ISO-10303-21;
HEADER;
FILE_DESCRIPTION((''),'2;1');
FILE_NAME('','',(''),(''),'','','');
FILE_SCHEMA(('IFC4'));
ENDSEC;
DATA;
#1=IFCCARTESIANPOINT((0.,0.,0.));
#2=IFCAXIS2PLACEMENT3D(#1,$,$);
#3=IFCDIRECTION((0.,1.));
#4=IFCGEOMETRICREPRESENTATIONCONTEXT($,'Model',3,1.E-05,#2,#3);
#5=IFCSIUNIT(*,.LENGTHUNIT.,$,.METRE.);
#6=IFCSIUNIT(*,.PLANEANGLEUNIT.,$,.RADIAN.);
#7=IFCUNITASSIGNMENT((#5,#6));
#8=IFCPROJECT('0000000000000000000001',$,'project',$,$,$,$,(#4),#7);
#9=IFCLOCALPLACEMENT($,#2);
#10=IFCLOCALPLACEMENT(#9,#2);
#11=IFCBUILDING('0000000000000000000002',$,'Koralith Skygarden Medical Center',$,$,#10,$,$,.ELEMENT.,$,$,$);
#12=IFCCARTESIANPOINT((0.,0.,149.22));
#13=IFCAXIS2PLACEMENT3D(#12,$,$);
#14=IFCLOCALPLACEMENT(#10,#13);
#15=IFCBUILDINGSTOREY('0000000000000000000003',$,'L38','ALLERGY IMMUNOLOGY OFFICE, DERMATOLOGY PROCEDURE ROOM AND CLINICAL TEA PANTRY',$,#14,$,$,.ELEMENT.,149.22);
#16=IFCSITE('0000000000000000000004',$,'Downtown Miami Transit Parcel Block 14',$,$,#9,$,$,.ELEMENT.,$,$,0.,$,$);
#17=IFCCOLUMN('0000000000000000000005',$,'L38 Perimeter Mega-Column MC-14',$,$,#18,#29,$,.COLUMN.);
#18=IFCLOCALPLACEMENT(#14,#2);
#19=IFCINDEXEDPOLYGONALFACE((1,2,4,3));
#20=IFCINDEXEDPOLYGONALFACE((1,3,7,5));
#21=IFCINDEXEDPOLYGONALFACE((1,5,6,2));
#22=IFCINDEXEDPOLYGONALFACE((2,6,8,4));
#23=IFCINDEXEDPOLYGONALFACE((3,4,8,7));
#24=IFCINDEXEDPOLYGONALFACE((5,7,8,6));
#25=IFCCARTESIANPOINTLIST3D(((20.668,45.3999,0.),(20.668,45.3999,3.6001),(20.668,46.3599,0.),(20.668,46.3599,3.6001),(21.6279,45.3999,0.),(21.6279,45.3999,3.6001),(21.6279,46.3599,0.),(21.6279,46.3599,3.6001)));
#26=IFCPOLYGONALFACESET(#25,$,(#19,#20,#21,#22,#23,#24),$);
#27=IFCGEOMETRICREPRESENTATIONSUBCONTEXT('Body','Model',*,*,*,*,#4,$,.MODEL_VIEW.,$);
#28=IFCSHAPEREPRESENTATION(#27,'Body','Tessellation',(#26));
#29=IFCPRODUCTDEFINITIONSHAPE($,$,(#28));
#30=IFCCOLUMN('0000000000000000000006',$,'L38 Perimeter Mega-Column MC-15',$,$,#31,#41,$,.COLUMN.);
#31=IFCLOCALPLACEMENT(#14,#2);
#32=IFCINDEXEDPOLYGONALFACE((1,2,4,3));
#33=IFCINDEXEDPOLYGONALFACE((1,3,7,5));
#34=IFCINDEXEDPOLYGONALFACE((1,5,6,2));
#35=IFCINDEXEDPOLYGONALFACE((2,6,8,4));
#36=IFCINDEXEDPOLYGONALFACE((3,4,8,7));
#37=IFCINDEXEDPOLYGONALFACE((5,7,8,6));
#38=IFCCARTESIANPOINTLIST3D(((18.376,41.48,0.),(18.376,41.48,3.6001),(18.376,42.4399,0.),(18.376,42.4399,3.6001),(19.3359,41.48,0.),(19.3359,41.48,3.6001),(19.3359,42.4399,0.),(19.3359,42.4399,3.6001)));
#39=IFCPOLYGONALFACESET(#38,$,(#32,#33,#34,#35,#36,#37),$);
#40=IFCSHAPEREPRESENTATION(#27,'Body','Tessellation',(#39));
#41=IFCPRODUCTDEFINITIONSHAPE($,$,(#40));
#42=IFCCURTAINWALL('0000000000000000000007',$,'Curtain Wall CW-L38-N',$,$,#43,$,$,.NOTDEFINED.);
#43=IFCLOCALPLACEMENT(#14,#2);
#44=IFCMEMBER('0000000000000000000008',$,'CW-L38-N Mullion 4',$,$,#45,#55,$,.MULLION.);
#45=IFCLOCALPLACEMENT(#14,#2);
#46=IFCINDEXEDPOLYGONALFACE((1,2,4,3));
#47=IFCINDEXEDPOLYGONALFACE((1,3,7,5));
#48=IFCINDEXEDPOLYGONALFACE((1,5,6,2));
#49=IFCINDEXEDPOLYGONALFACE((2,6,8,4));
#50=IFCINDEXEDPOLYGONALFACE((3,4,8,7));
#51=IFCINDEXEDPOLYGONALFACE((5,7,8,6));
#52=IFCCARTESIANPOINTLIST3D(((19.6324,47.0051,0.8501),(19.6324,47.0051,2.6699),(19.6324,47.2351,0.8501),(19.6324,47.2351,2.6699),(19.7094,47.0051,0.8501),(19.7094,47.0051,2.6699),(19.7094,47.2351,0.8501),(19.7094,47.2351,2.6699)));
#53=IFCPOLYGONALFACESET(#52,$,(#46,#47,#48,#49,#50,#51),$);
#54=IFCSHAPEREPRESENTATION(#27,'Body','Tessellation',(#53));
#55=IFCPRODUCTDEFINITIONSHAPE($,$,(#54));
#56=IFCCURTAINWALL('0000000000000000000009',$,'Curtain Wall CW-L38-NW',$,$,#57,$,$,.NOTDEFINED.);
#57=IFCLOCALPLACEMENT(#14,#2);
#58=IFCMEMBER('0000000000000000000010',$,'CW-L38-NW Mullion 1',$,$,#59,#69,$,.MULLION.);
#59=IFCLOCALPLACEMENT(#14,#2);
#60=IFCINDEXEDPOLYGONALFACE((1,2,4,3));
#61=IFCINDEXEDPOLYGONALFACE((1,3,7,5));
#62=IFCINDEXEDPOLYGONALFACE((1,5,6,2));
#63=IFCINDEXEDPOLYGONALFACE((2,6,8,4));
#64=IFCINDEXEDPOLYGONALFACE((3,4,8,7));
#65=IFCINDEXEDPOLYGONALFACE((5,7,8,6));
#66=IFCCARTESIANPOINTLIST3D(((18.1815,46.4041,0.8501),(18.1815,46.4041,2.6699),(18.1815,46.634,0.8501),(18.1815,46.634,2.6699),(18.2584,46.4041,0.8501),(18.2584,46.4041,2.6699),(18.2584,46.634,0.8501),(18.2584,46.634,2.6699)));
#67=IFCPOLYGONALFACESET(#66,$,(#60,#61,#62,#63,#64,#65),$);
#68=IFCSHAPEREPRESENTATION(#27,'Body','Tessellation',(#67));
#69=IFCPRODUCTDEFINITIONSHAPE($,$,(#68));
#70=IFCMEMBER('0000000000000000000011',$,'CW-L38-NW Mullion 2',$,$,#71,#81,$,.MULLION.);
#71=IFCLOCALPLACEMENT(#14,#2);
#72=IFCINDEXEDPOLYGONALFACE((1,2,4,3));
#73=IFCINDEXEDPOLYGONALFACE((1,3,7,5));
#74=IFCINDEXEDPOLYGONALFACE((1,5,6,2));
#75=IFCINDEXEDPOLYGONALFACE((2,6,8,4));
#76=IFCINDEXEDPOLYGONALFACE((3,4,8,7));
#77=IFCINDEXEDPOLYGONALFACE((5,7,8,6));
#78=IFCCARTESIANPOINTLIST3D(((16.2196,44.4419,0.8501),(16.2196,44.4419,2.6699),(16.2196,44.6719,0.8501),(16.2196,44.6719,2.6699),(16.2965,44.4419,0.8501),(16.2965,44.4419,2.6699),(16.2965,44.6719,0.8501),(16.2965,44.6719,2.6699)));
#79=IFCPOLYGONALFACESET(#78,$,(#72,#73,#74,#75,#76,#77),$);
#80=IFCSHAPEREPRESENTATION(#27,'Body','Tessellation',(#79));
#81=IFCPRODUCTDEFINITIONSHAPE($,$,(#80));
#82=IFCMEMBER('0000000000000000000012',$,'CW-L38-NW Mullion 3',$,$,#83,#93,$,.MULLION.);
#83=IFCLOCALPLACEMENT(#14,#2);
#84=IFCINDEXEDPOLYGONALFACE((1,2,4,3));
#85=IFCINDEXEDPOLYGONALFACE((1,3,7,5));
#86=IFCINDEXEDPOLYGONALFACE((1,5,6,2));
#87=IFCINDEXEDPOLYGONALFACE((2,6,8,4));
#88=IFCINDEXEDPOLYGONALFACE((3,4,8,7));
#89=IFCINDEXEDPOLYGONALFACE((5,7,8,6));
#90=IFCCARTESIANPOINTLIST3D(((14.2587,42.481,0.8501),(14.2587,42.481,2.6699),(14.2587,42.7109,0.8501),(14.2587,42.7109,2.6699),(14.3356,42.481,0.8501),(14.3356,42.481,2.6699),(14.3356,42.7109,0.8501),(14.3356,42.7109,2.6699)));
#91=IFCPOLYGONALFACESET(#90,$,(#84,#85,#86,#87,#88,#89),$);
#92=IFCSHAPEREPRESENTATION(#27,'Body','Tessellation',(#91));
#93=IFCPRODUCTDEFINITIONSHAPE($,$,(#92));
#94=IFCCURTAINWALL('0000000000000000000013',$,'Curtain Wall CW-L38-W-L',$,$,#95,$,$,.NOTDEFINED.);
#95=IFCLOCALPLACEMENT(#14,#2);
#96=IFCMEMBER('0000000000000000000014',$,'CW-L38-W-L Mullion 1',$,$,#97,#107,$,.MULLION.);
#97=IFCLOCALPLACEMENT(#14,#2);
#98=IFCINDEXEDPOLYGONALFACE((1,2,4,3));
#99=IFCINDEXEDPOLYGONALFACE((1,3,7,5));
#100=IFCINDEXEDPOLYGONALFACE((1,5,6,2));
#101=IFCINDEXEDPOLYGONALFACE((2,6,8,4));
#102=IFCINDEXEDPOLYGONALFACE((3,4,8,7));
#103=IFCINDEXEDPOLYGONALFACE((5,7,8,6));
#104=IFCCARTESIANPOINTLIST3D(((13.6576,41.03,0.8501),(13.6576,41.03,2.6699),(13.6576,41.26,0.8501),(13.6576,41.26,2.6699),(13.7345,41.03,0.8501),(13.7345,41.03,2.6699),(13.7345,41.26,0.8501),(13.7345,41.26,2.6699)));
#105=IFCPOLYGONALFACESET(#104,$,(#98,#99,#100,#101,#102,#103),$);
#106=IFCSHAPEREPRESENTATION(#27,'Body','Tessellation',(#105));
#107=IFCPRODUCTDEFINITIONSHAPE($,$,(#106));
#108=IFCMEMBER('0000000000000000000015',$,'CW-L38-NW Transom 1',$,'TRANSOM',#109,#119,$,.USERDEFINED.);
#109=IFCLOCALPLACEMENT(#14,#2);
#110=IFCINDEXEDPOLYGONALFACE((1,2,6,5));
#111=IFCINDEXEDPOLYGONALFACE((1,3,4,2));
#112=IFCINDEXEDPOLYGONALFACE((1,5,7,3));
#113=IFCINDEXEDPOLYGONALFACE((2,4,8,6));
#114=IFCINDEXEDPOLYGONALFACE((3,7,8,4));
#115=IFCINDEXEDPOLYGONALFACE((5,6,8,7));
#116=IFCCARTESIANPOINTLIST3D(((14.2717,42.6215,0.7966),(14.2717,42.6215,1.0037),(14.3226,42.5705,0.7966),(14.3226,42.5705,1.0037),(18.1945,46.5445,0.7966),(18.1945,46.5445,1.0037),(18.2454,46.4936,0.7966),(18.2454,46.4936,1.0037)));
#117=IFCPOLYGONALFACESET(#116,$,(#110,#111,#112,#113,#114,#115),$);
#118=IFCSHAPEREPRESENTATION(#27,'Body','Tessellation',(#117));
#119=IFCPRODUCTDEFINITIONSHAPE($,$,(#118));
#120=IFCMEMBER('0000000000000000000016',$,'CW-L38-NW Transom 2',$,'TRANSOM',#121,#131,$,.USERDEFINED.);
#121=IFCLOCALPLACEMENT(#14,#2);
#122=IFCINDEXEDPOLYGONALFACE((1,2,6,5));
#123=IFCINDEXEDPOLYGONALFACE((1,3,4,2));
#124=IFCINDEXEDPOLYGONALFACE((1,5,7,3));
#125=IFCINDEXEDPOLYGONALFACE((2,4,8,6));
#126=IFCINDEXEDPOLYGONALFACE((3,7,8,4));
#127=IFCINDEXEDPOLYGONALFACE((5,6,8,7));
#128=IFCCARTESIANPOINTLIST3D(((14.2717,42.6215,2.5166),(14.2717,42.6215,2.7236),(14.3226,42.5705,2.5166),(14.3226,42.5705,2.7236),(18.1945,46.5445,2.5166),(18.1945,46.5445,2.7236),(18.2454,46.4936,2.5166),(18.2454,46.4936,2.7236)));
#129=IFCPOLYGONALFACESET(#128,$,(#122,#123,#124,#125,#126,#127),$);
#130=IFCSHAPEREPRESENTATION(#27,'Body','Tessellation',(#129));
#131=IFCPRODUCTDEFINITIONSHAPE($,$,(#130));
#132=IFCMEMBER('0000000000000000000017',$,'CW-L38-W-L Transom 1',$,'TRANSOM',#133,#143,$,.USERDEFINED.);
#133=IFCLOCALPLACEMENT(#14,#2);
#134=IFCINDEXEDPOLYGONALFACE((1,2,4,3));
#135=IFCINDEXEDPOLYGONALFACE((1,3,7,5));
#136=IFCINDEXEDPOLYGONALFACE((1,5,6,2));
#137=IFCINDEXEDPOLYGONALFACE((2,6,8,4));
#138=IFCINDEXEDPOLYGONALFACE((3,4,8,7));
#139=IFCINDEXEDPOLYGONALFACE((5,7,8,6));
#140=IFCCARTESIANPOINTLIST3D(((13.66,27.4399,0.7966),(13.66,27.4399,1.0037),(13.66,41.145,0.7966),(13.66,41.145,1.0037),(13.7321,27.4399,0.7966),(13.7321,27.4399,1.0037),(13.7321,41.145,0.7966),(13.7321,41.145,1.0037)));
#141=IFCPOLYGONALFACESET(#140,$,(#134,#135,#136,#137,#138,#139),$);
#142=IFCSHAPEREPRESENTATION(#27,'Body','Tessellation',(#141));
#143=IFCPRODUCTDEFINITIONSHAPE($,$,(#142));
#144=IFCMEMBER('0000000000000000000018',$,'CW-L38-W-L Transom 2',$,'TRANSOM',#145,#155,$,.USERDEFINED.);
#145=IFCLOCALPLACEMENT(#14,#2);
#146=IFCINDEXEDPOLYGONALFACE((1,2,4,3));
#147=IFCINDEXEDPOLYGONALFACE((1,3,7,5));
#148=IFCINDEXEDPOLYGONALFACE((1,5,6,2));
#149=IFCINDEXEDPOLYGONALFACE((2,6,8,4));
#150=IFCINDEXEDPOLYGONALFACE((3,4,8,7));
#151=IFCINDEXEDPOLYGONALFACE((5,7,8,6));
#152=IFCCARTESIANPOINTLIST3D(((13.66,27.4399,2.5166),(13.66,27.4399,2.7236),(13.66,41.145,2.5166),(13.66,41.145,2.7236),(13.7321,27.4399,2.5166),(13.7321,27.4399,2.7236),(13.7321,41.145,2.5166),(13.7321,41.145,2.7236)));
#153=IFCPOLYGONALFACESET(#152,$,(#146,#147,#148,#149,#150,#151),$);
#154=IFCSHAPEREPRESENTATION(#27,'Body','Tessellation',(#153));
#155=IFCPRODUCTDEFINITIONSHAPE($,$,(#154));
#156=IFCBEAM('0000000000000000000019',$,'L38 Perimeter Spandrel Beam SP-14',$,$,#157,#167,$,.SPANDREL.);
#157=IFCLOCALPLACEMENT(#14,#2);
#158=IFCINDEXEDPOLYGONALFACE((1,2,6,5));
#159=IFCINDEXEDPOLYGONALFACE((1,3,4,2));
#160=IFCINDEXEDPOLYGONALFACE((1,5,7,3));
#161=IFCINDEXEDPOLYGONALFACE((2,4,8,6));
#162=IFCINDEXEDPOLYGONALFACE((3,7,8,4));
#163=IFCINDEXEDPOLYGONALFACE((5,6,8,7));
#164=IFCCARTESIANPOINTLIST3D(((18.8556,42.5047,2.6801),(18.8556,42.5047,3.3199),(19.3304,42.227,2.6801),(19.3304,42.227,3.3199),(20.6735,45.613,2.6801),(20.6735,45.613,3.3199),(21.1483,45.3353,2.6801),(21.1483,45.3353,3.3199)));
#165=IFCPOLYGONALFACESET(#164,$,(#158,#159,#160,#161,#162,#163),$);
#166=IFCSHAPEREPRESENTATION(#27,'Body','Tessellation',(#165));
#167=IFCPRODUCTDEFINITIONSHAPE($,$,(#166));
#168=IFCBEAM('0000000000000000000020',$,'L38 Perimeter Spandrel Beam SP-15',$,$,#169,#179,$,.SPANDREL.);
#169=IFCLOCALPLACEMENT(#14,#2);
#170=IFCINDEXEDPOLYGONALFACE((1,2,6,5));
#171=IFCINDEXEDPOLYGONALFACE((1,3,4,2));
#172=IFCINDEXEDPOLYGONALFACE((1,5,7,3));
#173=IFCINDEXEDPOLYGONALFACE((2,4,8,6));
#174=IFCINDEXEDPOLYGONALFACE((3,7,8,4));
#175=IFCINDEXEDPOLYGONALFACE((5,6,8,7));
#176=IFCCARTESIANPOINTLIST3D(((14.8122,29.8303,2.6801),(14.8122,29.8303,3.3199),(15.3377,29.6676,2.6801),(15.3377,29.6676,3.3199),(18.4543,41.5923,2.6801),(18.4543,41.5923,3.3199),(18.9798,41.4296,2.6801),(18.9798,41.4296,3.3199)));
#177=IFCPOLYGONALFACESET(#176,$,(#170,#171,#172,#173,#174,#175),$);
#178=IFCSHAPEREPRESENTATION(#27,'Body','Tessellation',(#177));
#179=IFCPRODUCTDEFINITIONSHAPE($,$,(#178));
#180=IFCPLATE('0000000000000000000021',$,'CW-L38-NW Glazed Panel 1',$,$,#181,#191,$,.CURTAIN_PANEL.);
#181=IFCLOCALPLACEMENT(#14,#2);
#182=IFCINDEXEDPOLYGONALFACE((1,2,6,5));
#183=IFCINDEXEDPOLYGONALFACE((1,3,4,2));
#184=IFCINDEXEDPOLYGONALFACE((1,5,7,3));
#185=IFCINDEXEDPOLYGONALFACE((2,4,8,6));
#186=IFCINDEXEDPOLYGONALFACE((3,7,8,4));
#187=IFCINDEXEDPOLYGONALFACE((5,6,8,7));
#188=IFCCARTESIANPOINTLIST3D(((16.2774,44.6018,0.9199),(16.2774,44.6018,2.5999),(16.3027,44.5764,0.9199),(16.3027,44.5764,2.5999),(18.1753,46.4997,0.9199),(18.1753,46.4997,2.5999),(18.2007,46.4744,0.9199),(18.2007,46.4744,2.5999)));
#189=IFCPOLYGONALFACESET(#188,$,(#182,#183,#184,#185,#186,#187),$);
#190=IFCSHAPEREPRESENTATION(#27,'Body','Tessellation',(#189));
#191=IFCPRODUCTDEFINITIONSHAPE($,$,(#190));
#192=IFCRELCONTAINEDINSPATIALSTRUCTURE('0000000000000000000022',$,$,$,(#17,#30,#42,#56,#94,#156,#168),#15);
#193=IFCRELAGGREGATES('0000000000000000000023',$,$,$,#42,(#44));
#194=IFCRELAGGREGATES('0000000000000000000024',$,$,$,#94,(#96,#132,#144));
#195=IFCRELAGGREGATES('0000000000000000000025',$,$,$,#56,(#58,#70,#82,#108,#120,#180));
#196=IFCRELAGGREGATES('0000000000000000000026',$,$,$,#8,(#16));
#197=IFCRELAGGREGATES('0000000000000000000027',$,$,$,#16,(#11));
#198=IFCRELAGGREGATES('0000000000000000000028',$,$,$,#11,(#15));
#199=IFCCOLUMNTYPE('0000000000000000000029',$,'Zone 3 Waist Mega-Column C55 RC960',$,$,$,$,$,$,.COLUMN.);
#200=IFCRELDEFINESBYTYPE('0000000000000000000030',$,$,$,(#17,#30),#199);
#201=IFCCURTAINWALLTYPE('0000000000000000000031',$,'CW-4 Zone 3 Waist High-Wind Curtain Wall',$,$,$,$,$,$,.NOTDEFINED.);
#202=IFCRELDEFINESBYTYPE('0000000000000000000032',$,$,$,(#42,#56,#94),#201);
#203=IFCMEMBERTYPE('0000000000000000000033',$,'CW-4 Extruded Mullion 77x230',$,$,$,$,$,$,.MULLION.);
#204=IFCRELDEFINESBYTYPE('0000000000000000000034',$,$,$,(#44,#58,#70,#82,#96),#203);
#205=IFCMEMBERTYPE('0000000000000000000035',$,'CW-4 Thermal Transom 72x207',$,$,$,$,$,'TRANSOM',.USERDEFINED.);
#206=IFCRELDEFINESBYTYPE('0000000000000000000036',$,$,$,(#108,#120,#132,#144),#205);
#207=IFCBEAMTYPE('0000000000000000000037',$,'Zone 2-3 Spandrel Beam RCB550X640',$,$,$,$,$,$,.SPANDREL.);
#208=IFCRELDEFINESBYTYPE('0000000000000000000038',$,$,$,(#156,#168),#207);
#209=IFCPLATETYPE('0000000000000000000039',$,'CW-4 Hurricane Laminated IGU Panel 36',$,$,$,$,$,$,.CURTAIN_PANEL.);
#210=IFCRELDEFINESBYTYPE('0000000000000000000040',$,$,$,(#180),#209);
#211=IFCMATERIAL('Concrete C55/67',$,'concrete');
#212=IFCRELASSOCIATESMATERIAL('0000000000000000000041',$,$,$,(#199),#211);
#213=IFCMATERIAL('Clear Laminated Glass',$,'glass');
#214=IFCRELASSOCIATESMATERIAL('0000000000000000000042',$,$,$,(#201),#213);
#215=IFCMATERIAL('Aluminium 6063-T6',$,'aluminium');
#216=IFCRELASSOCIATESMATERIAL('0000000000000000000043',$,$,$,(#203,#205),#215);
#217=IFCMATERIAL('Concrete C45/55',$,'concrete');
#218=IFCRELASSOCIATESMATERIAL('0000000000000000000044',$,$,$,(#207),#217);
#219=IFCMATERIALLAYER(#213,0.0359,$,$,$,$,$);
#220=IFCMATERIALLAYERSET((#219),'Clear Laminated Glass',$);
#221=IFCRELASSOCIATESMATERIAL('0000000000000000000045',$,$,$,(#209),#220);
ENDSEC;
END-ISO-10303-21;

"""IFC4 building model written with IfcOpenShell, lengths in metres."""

from ifc_helpers import new_model, si_unit, direction, frame, origin, origin_2d, place, context, subcontext, project, spatial, rectangle, extrude, material, layer, layer_set, material_profile, profile_set, type_object, element, aggregate, save


model = new_model("IFC4")

# Units and contexts
model_context = context("Model", 3, precision=1e-05, world=origin(), true_north=direction((0.0, 1.0)))
body_context = subcontext(model_context, "Body", "Model", "MODEL_VIEW")
ifc_project = project(units=[si_unit("LENGTHUNIT", "METRE"), si_unit("PLANEANGLEUNIT", "RADIAN")], contexts=[model_context])

# Site, building, storey
site_placement = place(None, origin())
site = spatial("IfcSite", under=ifc_project, at=site_placement, Name="Downtown Miami Transit Parcel Block 14", CompositionType="ELEMENT", RefElevation=0.0)
building_placement = place(site_placement, origin())
building = spatial("IfcBuilding", under=site, at=building_placement, Name="Koralith Skygarden Medical Center", CompositionType="ELEMENT")
storey_placement = place(building_placement, frame((0.0, 0.0, 149.22)))
storey = spatial("IfcBuildingStorey", under=building, at=storey_placement, Name="L38", Description="ALLERGY IMMUNOLOGY OFFICE, DERMATOLOGY PROCEDURE ROOM AND CLINICAL TEA PANTRY", CompositionType="ELEMENT", Elevation=149.22)

# Columns
ifc_material_1 = material(Name="Concrete C55/67", Category="concrete")
ifc_material_profile_1 = material_profile(ifc_material_1, rectangle(XDim=0.96, YDim=0.96, at=origin_2d()), Name="RC960X960")
ifc_profile_set_1 = profile_set([ifc_material_profile_1], Name="Concrete C55/67")
column_type = type_object("IfcColumnType", Name="Zone 3 Waist Mega-Column C55 RC960", PredefinedType="COLUMN", material=ifc_profile_set_1)
for number, where, z_axis, x_axis, name in (
    (1, (21.1479, 45.8799, 0.0), (0.0, 0.0, 1.0), (1.0, 0.0, 0.0), "L38 Perimeter Mega-Column MC-14"),
    (2, (18.856, 41.96, 0.0), (0.0, 0.0, 1.0), (1.0, 0.0, 0.0), "L38 Perimeter Mega-Column MC-15"),
):
    element("IfcColumn", number, at=place(storey_placement, frame(where, z_axis=z_axis, x_axis=x_axis)), inside=storey, type_object=column_type, Name=name, PredefinedType="COLUMN", context=body_context, shape_type="SweptSolid", body=[
        extrude(rectangle(XDim=0.96, YDim=0.96, at=origin_2d()), origin(), (0.0, 0.0, 1.0), 3.6001),
    ])

# Curtain wall, member
ifc_material_2 = material(Name="Clear Laminated Glass", Category="glass")
curtain_wall_type = type_object("IfcCurtainWallType", Name="CW-4 Zone 3 Waist High-Wind Curtain Wall", PredefinedType="NOTDEFINED", material=ifc_material_2)
curtain_wall_1_placement = place(storey_placement, origin())
curtain_wall_1 = element("IfcCurtainWall", 3, at=curtain_wall_1_placement, inside=storey, type_object=curtain_wall_type, Name="Curtain Wall CW-L38-N", PredefinedType="NOTDEFINED")
ifc_material_3 = material(Name="Aluminium 6063-T6", Category="aluminium")
ifc_material_profile_2 = material_profile(ifc_material_3, rectangle(XDim=0.0769, YDim=0.23, at=origin_2d()), Name="MUL77X230")
ifc_profile_set_2 = profile_set([ifc_material_profile_2], Name="Aluminium 6063-T6")
member_type_1 = type_object("IfcMemberType", Name="CW-4 Extruded Mullion 77x230", PredefinedType="MULLION", material=ifc_profile_set_2)
member_1_placement = place(storey_placement, frame((19.6709, 47.1201, 0.8501), z_axis=(0.0, 0.0, 1.0), x_axis=(1.0, 0.0, 0.0)))
member_1 = element("IfcMember", 4, at=member_1_placement, type_object=member_type_1, Name="CW-L38-N Mullion 4", PredefinedType="MULLION", context=body_context, shape_type="SweptSolid", body=[
    extrude(rectangle(XDim=0.0769, YDim=0.23, at=origin_2d()), origin(), (0.0, 0.0, 1.0), 1.8198),
])
aggregate(curtain_wall_1, [member_1])

# Curtain wall, members
curtain_wall_2_placement = place(storey_placement, origin())
curtain_wall_2 = element("IfcCurtainWall", 5, at=curtain_wall_2_placement, inside=storey, type_object=curtain_wall_type, Name="Curtain Wall CW-L38-NW", PredefinedType="NOTDEFINED")
member_2_placement = place(storey_placement, frame((18.22, 46.519, 0.8501), z_axis=(0.0, 0.0, 1.0), x_axis=(1.0, 0.0, 0.0)))
member_2 = element("IfcMember", 6, at=member_2_placement, type_object=member_type_1, Name="CW-L38-NW Mullion 1", PredefinedType="MULLION", context=body_context, shape_type="SweptSolid", body=[
    extrude(rectangle(XDim=0.0769, YDim=0.23, at=origin_2d()), origin(), (0.0, 0.0, 1.0), 1.8198),
])
member_3_placement = place(storey_placement, frame((16.2581, 44.5569, 0.8501), z_axis=(0.0, 0.0, 1.0), x_axis=(1.0, 0.0, 0.0)))
member_3 = element("IfcMember", 7, at=member_3_placement, type_object=member_type_1, Name="CW-L38-NW Mullion 2", PredefinedType="MULLION", context=body_context, shape_type="SweptSolid", body=[
    extrude(rectangle(XDim=0.0769, YDim=0.23, at=origin_2d()), origin(), (0.0, 0.0, 1.0), 1.8198),
])
member_4_placement = place(storey_placement, frame((14.2971, 42.5959, 0.8501), z_axis=(0.0, 0.0, 1.0), x_axis=(1.0, 0.0, 0.0)))
member_4 = element("IfcMember", 8, at=member_4_placement, type_object=member_type_1, Name="CW-L38-NW Mullion 3", PredefinedType="MULLION", context=body_context, shape_type="SweptSolid", body=[
    extrude(rectangle(XDim=0.0769, YDim=0.23, at=origin_2d()), origin(), (0.0, 0.0, 1.0), 1.8198),
])

# Curtain wall, member
curtain_wall_3_placement = place(storey_placement, origin())
curtain_wall_3 = element("IfcCurtainWall", 9, at=curtain_wall_3_placement, inside=storey, type_object=curtain_wall_type, Name="Curtain Wall CW-L38-W-L", PredefinedType="NOTDEFINED")
member_5_placement = place(storey_placement, frame((13.696, 41.145, 0.8501), z_axis=(0.0, 0.0, 1.0), x_axis=(1.0, 0.0, 0.0)))
member_5 = element("IfcMember", 10, at=member_5_placement, type_object=member_type_1, Name="CW-L38-W-L Mullion 1", PredefinedType="MULLION", context=body_context, shape_type="SweptSolid", body=[
    extrude(rectangle(XDim=0.0769, YDim=0.23, at=origin_2d()), origin(), (0.0, 0.0, 1.0), 1.8198),
])

# Members
ifc_material_profile_3 = material_profile(ifc_material_3, rectangle(XDim=0.072, YDim=0.207, at=origin_2d()), Name="TRN72X207")
ifc_profile_set_3 = profile_set([ifc_material_profile_3], Name="Aluminium 6063-T6")
member_type_2 = type_object("IfcMemberType", Name="CW-4 Thermal Transom 72x207", ElementType="TRANSOM", PredefinedType="USERDEFINED", material=ifc_profile_set_3)
member_6_placement = place(storey_placement, frame((18.22, 46.519, 0.9001), z_axis=(-0.707085, -0.707129, 0.0), x_axis=(0.707129, -0.707085, 0.0)))
member_6 = element("IfcMember", 11, at=member_6_placement, type_object=member_type_2, Name="CW-L38-NW Transom 1", ObjectType="TRANSOM", PredefinedType="USERDEFINED", context=body_context, shape_type="SweptSolid", body=[
    extrude(rectangle(XDim=0.072, YDim=0.207, at=origin_2d()), origin(), (0.0, 0.0, 1.0), 5.5479),
])
member_7_placement = place(storey_placement, frame((18.22, 46.519, 2.6201), z_axis=(-0.707085, -0.707129, 0.0), x_axis=(0.707129, -0.707085, 0.0)))
member_7 = element("IfcMember", 12, at=member_7_placement, type_object=member_type_2, Name="CW-L38-NW Transom 2", ObjectType="TRANSOM", PredefinedType="USERDEFINED", context=body_context, shape_type="SweptSolid", body=[
    extrude(rectangle(XDim=0.072, YDim=0.207, at=origin_2d()), origin(), (0.0, 0.0, 1.0), 5.5479),
])
member_8_placement = place(storey_placement, frame((13.696, 41.145, 0.9001), z_axis=(0.0, -1.0, 0.0), x_axis=(1.0, 0.0, 0.0)))
member_8 = element("IfcMember", 13, at=member_8_placement, type_object=member_type_2, Name="CW-L38-W-L Transom 1", ObjectType="TRANSOM", PredefinedType="USERDEFINED", context=body_context, shape_type="SweptSolid", body=[
    extrude(rectangle(XDim=0.072, YDim=0.207, at=origin_2d()), origin(), (0.0, 0.0, 1.0), 13.7051),
])
member_9_placement = place(storey_placement, frame((13.696, 41.145, 2.6201), z_axis=(0.0, -1.0, 0.0), x_axis=(1.0, 0.0, 0.0)))
member_9 = element("IfcMember", 14, at=member_9_placement, type_object=member_type_2, Name="CW-L38-W-L Transom 2", ObjectType="TRANSOM", PredefinedType="USERDEFINED", context=body_context, shape_type="SweptSolid", body=[
    extrude(rectangle(XDim=0.072, YDim=0.207, at=origin_2d()), origin(), (0.0, 0.0, 1.0), 13.7051),
])
aggregate(curtain_wall_3, [member_5, member_8, member_9])

# Beams
ifc_material_4 = material(Name="Concrete C45/55", Category="concrete")
ifc_material_profile_4 = material_profile(ifc_material_4, rectangle(XDim=0.55, YDim=0.6399, at=origin_2d()), Name="RCB550X640")
ifc_profile_set_4 = profile_set([ifc_material_profile_4], Name="Concrete C45/55")
beam_type = type_object("IfcBeamType", Name="Zone 2-3 Spandrel Beam RCB550X640", PredefinedType="SPANDREL", material=ifc_profile_set_4)
beam_1_placement = place(storey_placement, frame((20.9109, 45.4741, 3.0), z_axis=(-0.504861, -0.8632, 0.0), x_axis=(0.8632, -0.504861, 0.0)))
element("IfcBeam", 15, at=beam_1_placement, inside=storey, type_object=beam_type, Name="L38 Perimeter Spandrel Beam SP-14", PredefinedType="SPANDREL", context=body_context, shape_type="SweptSolid", body=[
    extrude(rectangle(XDim=0.55, YDim=0.6399, at=origin_2d()), origin(), (0.0, 0.0, 1.0), 3.6008),
])
beam_2_placement = place(storey_placement, frame((18.717, 41.511, 3.0), z_axis=(-0.295794, -0.955252, 0.0), x_axis=(0.955252, -0.295794, 0.0)))
element("IfcBeam", 16, at=beam_2_placement, inside=storey, type_object=beam_type, Name="L38 Perimeter Spandrel Beam SP-15", PredefinedType="SPANDREL", context=body_context, shape_type="SweptSolid", body=[
    extrude(rectangle(XDim=0.55, YDim=0.6399, at=origin_2d()), origin(), (0.0, 0.0, 1.0), 12.313),
])

# Plate
ifc_layer_1 = layer(ifc_material_2, 0.0359)
ifc_layer_set_1 = layer_set([ifc_layer_1], Name="Clear Laminated Glass")
plate_type_1 = type_object("IfcPlateType", Name="CW-4 Hurricane Laminated IGU Panel 36", PredefinedType="CURTAIN_PANEL", material=ifc_layer_set_1)
plate_1_placement = place(storey_placement, frame((17.239, 45.5381, 0.9199), z_axis=(0.0, 0.0, 1.0), x_axis=(-0.707107, -0.707107, 0.0)))
plate_1 = element("IfcPlate", 17, at=plate_1_placement, type_object=plate_type_1, Name="CW-L38-NW Glazed Panel 1", PredefinedType="CURTAIN_PANEL", context=body_context, shape_type="SweptSolid", body=[
    extrude(rectangle(XDim=2.6841, YDim=0.0359, at=origin_2d()), origin(), (0.0, 0.0, 1.0), 1.6799),
])
aggregate(curtain_wall_2, [member_2, member_3, member_4, member_6, member_7, plate_1])

save(model, "model.ifc")
